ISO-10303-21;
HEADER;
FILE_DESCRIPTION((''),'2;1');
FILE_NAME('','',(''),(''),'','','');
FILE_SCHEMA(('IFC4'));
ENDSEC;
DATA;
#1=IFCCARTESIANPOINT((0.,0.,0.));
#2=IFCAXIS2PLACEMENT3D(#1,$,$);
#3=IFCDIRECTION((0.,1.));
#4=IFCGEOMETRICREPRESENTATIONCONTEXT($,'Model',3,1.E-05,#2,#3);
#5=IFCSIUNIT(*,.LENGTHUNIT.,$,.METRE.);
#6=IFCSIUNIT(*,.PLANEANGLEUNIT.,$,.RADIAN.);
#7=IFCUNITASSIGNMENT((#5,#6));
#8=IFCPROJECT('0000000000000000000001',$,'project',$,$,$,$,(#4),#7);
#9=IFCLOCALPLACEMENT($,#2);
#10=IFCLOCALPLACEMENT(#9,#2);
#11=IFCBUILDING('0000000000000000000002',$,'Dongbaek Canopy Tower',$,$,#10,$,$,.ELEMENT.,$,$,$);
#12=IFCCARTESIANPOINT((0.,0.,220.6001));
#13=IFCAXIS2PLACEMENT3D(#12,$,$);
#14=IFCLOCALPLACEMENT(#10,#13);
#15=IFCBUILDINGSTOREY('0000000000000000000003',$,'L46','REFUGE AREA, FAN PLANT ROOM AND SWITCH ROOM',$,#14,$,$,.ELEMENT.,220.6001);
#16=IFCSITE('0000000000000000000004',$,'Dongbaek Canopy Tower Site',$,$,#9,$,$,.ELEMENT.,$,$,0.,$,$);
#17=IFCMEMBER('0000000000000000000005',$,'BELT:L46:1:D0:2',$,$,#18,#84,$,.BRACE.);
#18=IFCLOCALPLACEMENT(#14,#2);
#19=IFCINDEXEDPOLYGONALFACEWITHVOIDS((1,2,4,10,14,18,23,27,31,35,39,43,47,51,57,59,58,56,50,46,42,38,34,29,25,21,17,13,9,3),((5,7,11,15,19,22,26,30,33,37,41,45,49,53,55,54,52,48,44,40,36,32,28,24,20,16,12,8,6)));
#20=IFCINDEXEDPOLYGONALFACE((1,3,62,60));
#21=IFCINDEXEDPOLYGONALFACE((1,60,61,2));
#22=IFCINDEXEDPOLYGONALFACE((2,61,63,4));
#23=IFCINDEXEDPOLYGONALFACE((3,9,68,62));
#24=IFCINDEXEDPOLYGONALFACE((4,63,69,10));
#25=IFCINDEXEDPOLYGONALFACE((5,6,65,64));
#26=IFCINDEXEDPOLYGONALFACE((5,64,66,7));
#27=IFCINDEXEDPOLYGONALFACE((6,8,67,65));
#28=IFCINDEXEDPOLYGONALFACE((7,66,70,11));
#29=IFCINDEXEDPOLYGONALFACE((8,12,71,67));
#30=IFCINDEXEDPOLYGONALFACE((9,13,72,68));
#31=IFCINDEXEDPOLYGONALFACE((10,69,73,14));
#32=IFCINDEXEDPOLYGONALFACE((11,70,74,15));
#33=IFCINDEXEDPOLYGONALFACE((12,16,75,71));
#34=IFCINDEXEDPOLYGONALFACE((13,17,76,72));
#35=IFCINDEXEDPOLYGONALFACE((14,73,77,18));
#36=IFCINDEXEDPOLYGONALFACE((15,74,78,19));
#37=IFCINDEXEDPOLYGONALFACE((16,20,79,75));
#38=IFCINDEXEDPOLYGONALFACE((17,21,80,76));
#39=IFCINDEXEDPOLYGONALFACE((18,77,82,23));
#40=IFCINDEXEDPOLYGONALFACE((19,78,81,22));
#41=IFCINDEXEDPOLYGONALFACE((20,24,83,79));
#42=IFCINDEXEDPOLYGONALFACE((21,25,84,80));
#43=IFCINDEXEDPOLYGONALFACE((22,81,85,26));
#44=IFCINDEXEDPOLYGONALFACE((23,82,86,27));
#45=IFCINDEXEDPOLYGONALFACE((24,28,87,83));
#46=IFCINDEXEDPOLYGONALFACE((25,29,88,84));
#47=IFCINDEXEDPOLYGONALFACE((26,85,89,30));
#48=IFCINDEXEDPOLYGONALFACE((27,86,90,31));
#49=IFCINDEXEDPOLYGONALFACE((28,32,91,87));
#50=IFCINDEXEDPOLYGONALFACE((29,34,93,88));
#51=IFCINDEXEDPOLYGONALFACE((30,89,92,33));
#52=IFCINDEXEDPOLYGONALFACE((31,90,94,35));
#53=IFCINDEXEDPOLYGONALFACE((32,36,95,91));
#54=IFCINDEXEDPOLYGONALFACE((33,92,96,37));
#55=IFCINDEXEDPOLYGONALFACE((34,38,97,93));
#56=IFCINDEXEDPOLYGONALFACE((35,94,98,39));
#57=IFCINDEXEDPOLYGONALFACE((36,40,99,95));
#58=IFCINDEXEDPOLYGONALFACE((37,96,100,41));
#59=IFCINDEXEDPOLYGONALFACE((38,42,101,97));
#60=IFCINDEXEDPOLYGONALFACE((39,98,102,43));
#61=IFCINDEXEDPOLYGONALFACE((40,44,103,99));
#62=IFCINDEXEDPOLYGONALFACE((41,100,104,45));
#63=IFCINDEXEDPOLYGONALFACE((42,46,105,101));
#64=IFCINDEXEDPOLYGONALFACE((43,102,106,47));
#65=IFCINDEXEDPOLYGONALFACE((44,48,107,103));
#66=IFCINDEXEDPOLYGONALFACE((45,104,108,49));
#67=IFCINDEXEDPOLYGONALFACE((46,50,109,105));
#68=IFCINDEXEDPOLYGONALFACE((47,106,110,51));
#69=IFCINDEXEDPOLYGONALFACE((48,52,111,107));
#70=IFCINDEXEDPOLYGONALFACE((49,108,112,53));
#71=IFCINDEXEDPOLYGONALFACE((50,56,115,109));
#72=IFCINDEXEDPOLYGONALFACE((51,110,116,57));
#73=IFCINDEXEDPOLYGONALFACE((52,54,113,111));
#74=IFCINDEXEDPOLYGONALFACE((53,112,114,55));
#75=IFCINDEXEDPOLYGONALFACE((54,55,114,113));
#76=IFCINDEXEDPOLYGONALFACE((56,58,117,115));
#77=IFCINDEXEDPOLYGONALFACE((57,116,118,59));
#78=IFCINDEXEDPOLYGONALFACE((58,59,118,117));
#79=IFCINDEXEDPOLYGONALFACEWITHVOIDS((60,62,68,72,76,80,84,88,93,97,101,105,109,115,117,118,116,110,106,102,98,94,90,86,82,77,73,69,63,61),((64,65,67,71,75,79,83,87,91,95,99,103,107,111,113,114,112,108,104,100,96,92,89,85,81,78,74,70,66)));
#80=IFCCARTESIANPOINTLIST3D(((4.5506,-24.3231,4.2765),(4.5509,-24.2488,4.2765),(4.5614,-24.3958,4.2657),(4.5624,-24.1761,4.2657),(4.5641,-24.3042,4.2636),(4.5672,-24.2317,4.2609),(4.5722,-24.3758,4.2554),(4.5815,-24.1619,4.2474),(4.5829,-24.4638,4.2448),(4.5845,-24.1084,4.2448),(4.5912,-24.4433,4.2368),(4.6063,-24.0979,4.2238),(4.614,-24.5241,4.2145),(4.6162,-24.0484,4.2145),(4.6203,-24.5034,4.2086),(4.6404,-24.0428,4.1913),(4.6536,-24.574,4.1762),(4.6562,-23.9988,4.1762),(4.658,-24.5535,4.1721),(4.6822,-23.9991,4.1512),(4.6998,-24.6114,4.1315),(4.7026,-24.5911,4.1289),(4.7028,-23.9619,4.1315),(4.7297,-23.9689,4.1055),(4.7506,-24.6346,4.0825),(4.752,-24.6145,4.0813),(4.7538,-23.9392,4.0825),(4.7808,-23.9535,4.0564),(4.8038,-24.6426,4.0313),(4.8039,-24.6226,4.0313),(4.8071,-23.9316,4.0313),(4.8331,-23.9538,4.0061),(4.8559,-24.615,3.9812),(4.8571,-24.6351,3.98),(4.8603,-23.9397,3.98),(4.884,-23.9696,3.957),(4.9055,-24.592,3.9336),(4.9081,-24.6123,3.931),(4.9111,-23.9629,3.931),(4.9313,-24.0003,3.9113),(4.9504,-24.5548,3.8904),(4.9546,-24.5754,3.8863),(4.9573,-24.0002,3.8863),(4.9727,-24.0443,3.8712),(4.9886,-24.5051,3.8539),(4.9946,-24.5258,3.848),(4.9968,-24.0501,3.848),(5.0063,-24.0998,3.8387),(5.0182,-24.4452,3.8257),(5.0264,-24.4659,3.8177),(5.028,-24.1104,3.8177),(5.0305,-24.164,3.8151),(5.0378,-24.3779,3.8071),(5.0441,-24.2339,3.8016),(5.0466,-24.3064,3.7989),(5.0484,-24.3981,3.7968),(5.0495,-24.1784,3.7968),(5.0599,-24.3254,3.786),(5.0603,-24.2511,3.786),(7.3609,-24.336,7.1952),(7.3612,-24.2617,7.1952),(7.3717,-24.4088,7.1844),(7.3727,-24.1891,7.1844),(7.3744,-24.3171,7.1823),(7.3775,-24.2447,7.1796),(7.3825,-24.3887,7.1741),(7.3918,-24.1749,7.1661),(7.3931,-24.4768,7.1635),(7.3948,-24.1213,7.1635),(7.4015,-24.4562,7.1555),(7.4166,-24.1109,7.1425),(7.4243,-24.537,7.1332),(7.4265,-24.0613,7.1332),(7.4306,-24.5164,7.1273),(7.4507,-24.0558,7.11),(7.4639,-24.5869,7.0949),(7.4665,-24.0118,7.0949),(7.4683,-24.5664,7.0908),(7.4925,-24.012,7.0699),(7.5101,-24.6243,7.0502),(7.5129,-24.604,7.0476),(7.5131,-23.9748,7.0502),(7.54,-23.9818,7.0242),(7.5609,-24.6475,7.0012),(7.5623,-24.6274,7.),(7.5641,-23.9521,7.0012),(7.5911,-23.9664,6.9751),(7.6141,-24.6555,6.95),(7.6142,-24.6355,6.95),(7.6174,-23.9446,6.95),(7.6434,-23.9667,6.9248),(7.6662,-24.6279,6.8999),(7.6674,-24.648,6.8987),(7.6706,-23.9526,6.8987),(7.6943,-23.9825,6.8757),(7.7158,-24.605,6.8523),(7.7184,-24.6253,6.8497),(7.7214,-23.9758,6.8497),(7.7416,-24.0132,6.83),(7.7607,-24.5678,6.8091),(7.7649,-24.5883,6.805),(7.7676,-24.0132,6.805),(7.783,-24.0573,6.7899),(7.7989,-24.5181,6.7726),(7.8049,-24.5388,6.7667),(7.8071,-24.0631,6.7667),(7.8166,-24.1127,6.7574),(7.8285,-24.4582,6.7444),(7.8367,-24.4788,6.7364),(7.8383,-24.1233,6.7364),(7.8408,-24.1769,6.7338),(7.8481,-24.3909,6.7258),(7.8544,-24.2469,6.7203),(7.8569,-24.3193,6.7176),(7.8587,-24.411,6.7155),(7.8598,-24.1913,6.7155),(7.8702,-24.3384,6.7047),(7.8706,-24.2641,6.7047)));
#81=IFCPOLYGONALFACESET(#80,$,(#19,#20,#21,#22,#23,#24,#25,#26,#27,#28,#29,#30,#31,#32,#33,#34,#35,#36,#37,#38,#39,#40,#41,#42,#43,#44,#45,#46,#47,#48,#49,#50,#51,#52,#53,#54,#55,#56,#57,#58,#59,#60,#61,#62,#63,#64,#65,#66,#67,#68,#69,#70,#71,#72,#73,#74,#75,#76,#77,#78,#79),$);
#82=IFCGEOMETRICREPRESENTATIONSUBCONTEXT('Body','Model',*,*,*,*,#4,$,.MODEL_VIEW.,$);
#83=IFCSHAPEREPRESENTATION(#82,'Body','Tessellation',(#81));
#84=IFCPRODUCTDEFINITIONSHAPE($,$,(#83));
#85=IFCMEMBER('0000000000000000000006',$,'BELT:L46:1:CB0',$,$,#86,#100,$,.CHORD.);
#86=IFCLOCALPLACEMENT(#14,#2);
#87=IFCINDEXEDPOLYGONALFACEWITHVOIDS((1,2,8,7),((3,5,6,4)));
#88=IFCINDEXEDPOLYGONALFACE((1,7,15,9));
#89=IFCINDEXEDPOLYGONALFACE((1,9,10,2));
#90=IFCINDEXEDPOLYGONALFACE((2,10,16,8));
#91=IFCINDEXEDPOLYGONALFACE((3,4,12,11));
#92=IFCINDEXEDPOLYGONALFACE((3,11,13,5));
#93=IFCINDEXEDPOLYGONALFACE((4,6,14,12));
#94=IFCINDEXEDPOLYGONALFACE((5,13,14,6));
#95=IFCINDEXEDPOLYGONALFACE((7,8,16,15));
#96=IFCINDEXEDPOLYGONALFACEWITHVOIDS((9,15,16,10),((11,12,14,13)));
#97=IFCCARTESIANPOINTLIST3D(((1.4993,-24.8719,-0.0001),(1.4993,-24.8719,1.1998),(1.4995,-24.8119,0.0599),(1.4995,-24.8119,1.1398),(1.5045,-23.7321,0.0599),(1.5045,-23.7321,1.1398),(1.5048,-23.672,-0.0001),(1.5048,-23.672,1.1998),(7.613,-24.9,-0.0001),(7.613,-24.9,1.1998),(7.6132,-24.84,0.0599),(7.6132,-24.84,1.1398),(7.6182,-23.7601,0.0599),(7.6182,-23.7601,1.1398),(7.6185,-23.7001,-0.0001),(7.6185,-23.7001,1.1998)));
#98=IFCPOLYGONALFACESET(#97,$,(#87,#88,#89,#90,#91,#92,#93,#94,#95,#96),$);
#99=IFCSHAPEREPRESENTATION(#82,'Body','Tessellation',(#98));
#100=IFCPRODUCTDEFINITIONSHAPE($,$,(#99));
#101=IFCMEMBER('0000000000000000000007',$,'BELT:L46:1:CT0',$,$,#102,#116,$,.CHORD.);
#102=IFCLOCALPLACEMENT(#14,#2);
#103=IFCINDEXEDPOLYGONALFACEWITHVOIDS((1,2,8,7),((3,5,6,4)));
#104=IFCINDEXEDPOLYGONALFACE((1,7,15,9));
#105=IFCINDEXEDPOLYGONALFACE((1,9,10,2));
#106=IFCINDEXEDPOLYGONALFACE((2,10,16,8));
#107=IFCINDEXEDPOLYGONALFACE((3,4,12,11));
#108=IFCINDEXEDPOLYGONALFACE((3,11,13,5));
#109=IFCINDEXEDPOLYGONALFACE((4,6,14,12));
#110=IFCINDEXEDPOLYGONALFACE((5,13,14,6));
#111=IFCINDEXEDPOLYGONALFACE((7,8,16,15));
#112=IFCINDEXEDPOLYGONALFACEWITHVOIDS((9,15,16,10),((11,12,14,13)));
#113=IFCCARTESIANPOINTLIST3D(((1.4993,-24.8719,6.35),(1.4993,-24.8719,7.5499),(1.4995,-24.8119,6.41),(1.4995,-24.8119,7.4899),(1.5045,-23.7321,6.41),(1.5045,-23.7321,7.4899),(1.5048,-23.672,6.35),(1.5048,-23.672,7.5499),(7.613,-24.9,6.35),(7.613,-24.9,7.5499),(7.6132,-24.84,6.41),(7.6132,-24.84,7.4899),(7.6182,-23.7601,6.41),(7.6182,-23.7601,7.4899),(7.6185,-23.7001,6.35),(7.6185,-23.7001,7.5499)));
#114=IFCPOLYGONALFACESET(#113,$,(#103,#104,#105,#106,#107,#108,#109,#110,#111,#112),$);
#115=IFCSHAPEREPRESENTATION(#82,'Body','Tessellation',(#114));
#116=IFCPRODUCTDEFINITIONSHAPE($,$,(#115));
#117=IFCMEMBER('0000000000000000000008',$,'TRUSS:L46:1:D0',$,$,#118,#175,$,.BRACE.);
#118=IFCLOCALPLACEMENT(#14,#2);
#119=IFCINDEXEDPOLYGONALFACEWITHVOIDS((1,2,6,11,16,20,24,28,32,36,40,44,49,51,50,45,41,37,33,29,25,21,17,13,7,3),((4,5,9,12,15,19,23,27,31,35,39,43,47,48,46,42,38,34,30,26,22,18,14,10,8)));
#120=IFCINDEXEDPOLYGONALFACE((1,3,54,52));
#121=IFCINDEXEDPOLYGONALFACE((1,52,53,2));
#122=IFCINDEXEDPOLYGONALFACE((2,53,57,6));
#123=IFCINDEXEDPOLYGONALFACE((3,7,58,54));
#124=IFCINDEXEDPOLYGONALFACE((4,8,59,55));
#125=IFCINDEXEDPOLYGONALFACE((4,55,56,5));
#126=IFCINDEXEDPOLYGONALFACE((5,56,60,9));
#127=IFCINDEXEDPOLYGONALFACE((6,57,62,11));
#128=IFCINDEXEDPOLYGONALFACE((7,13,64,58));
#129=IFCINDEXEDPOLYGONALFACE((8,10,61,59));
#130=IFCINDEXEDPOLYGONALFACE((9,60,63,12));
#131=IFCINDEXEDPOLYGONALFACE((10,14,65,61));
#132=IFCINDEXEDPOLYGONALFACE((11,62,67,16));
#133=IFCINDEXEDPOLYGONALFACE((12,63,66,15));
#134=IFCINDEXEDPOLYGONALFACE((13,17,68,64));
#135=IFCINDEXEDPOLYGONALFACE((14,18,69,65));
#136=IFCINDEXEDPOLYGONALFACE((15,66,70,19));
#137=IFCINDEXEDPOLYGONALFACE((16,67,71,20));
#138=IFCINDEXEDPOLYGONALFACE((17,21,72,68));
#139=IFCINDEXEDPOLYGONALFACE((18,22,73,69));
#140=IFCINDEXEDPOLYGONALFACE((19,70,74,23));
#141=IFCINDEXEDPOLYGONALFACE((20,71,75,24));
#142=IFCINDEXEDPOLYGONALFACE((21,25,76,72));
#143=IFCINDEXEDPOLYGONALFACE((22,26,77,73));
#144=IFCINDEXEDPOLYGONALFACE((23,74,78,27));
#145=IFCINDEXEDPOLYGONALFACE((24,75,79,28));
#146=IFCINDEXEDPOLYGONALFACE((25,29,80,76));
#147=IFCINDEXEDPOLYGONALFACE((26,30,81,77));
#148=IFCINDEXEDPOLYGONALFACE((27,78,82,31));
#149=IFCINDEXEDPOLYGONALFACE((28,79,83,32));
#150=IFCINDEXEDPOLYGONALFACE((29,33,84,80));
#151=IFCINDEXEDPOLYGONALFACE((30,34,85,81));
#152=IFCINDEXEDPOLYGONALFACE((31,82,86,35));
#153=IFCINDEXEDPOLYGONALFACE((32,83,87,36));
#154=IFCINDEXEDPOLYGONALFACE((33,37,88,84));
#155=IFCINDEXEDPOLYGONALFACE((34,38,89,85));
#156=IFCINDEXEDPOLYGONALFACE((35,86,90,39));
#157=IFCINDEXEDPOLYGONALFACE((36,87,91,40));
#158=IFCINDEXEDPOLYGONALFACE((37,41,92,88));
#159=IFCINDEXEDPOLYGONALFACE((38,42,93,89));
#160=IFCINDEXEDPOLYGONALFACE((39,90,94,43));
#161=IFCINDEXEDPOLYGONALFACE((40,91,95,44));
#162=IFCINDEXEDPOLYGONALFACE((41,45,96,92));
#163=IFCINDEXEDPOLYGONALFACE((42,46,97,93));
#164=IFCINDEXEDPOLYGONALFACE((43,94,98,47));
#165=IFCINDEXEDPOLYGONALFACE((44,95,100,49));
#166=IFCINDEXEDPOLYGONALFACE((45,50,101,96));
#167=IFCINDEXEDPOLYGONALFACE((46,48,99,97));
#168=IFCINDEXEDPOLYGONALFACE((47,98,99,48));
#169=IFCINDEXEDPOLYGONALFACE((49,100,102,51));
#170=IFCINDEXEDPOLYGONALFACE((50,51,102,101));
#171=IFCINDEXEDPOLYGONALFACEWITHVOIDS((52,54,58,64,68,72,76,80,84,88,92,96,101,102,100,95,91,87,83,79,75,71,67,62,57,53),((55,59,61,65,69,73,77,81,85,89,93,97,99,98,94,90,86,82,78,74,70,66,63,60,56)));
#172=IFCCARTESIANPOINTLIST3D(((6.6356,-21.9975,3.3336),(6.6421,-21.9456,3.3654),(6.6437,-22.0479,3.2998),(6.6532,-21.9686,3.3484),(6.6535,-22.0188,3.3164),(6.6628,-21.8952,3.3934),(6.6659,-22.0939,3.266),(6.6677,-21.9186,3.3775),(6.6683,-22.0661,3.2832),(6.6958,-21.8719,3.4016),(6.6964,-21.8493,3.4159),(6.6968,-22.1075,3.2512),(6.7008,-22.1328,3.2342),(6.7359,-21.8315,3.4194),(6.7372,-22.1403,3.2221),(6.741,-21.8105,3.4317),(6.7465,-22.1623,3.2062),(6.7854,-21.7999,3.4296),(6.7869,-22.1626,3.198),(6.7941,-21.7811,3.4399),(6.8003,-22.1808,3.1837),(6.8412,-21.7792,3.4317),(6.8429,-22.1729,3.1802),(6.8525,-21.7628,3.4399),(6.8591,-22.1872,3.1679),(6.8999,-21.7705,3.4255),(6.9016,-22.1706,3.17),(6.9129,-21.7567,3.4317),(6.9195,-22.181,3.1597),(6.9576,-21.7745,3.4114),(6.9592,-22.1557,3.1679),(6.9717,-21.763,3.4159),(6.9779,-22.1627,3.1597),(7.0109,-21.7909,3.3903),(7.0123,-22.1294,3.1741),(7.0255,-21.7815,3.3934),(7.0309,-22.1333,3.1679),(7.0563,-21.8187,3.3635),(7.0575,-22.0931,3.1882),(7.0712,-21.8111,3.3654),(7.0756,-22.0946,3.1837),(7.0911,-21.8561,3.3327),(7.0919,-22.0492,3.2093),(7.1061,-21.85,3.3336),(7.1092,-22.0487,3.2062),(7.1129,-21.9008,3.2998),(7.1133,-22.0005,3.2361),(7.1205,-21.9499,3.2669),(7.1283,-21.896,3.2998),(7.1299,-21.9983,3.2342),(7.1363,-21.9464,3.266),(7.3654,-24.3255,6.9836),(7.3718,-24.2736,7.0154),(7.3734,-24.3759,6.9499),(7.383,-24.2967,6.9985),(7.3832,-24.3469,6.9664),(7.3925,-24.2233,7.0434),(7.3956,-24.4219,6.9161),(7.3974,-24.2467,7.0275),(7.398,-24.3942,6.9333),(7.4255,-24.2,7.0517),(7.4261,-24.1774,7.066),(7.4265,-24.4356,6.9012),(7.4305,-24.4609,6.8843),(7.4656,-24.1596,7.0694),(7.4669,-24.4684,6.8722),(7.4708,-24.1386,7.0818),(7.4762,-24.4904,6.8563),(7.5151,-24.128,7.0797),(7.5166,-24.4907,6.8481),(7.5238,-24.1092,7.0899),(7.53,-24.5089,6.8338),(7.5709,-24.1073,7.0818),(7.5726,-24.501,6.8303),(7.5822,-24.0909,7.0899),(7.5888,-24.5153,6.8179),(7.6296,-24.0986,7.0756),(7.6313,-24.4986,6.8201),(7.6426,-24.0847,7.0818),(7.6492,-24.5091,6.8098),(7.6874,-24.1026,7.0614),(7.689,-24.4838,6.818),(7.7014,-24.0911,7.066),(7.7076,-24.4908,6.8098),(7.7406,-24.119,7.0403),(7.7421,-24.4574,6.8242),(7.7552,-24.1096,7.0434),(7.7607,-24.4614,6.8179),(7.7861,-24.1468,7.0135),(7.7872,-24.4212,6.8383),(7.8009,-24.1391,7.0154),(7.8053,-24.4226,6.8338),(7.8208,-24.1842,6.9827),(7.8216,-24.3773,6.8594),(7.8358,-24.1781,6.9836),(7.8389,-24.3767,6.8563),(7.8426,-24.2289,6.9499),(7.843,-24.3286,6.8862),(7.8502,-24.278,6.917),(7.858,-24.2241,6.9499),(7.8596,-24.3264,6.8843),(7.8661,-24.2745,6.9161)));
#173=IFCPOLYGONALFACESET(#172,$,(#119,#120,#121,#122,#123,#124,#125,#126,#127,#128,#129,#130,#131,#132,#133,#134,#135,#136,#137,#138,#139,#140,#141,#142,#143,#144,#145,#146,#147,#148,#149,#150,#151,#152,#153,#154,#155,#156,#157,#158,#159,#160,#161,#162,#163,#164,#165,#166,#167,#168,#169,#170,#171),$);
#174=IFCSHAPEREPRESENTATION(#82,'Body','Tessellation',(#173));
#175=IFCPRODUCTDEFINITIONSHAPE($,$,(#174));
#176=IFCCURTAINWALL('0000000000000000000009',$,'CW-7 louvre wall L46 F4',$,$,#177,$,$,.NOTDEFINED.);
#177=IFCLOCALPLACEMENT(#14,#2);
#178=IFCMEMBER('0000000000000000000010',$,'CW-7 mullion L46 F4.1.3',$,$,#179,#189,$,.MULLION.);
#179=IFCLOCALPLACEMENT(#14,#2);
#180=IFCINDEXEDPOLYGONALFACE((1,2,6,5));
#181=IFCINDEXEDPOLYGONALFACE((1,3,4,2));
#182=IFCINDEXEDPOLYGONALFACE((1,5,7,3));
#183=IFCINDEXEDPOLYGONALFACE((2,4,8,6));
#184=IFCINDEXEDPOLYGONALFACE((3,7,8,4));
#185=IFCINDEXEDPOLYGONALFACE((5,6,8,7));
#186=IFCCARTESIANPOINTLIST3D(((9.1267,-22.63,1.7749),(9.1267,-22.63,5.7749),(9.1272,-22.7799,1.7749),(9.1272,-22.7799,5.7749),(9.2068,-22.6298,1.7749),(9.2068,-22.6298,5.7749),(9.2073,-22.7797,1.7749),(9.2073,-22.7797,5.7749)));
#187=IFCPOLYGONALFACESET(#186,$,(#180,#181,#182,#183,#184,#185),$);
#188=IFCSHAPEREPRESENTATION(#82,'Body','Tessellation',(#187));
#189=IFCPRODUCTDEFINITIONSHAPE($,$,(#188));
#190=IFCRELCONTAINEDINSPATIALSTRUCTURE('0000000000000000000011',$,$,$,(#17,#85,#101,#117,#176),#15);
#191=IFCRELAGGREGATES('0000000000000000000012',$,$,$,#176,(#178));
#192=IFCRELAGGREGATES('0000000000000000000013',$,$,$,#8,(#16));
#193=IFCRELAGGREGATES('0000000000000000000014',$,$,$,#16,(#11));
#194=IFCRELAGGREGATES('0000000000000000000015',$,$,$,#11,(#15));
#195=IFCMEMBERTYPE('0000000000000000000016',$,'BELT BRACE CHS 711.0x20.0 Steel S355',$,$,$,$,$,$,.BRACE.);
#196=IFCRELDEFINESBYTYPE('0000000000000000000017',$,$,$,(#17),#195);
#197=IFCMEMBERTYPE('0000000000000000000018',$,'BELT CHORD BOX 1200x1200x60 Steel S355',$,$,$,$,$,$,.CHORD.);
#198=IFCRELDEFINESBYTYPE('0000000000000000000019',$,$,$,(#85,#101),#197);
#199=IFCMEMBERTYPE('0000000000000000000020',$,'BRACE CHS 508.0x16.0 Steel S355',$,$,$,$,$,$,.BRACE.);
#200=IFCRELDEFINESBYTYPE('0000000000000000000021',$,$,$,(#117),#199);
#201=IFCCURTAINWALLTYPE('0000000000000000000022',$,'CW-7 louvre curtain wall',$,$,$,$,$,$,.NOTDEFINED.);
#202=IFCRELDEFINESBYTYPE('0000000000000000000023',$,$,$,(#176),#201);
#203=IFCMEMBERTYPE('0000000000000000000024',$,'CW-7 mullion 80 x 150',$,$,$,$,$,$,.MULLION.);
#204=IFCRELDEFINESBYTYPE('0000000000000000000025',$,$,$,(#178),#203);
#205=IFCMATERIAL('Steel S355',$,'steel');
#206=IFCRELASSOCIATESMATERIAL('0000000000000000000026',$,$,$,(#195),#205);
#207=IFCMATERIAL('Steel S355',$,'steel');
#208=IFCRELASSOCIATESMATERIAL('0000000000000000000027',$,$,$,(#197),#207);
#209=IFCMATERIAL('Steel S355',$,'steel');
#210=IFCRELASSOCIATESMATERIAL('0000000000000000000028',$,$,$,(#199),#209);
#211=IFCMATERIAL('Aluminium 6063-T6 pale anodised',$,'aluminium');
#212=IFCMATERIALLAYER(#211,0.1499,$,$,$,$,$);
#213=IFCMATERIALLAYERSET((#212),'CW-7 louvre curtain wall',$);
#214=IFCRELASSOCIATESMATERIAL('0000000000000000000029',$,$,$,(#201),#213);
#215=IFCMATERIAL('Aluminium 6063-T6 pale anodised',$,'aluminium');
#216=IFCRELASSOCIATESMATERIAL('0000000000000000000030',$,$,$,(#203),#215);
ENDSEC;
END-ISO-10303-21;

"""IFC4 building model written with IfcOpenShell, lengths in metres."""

from ifc_helpers import new_model, si_unit, direction, frame, origin, origin_2d, place, context, subcontext, project, spatial, rectangle, hollow_rectangle, hollow_circle, extrude, material, layer, layer_set, material_profile, profile_set, type_object, element, aggregate, save


model = new_model("IFC4")

# Units and contexts
model_context = context("Model", 3, precision=1e-05, world=origin(), true_north=direction((0.0, 1.0)))
body_context = subcontext(model_context, "Body", "Model", "MODEL_VIEW")
ifc_project = project(units=[si_unit("LENGTHUNIT", "METRE"), si_unit("PLANEANGLEUNIT", "RADIAN")], contexts=[model_context])

# Site, building, storey
site_placement = place(None, origin())
site = spatial("IfcSite", under=ifc_project, at=site_placement, Name="Dongbaek Canopy Tower Site", CompositionType="ELEMENT", RefElevation=0.0)
building_placement = place(site_placement, origin())
building = spatial("IfcBuilding", under=site, at=building_placement, Name="Dongbaek Canopy Tower", CompositionType="ELEMENT")
storey_placement = place(building_placement, frame((0.0, 0.0, 220.6001)))
storey = spatial("IfcBuildingStorey", under=building, at=storey_placement, Name="L46", Description="REFUGE AREA, FAN PLANT ROOM AND SWITCH ROOM", CompositionType="ELEMENT", Elevation=220.6001)

# Members
ifc_material_1 = material(Name="Steel S355", Category="steel")
ifc_material_profile_1 = material_profile(ifc_material_1, hollow_circle(Radius=0.3555, WallThickness=0.02, at=origin_2d()), Name="BELT BRACE CHS 711.0x20.0 Steel S355")
ifc_profile_set_1 = profile_set([ifc_material_profile_1], Name="Steel S355")
member_type_1 = type_object("IfcMemberType", Name="BELT BRACE CHS 711.0x20.0 Steel S355", PredefinedType="BRACE", material=ifc_profile_set_1)
member_1_placement = place(storey_placement, frame((7.6157, -24.3, 6.95), z_axis=(-0.6936, 0.003194, -0.720353), x_axis=(-0.004604, -0.999989, 0.0)))
element("IfcMember", 1, at=member_1_placement, inside=storey, type_object=member_type_1, Name="BELT:L46:1:D0:2", PredefinedType="BRACE", context=body_context, shape_type="SweptSolid", body=[
    extrude(hollow_circle(Radius=0.3555, WallThickness=0.02, at=origin_2d()), origin(), (0.0, 0.0, 1.0), 4.0518),
])
ifc_material_2 = material(Name="Steel S355", Category="steel")
ifc_material_profile_2 = material_profile(ifc_material_2, hollow_rectangle(XDim=1.2, YDim=1.2, WallThickness=0.0601, at=origin_2d()), Name="BELT CHORD BOX 1200x1200x60 Steel S355")
ifc_profile_set_2 = profile_set([ifc_material_profile_2], Name="Steel S355")
member_type_2 = type_object("IfcMemberType", Name="BELT CHORD BOX 1200x1200x60 Steel S355", PredefinedType="CHORD", material=ifc_profile_set_2)
for number, where, z_axis, x_axis, name in (
    (2, (7.6157, -24.3, 0.5999), (-0.999989, 0.004592, 0.0), (-0.004592, -0.999989, 0.0), "BELT:L46:1:CB0"),
    (3, (7.6157, -24.3, 6.95), (-0.999989, 0.004592, 0.0), (-0.004592, -0.999989, 0.0), "BELT:L46:1:CT0"),
):
    element("IfcMember", number, at=place(storey_placement, frame(where, z_axis=z_axis, x_axis=x_axis)), inside=storey, type_object=member_type_2, Name=name, PredefinedType="CHORD", context=body_context, shape_type="SweptSolid", body=[
        extrude(hollow_rectangle(XDim=1.2, YDim=1.2, WallThickness=0.0601, at=origin_2d()), origin(), (0.0, 0.0, 1.0), 6.1138),
    ])
ifc_material_3 = material(Name="Steel S355", Category="steel")
ifc_material_profile_3 = material_profile(ifc_material_3, hollow_circle(Radius=0.2539, WallThickness=0.0161, at=origin_2d()), Name="BRACE CHS 508.0x16.0 Steel S355")
ifc_profile_set_3 = profile_set([ifc_material_profile_3], Name="Steel S355")
member_type_3 = type_object("IfcMemberType", Name="BRACE CHS 508.0x16.0 Steel S355", PredefinedType="BRACE", material=ifc_profile_set_3)
member_2_placement = place(storey_placement, frame((6.886, -21.9719, 3.2998), z_axis=(0.166209, -0.530268, 0.831379), x_axis=(0.954223, 0.299095, 0.0)))
element("IfcMember", 4, at=member_2_placement, inside=storey, type_object=member_type_3, Name="TRUSS:L46:1:D0", PredefinedType="BRACE", context=body_context, shape_type="SweptSolid", body=[
    extrude(hollow_circle(Radius=0.2539, WallThickness=0.0161, at=origin_2d()), origin(), (0.0, 0.0, 1.0), 4.3904),
])

# Curtain wall, member
ifc_material_4 = material(Name="Aluminium 6063-T6 pale anodised", Category="aluminium")
ifc_layer_1 = layer(ifc_material_4, 0.1499)
ifc_layer_set_1 = layer_set([ifc_layer_1], Name="CW-7 louvre curtain wall")
curtain_wall_type = type_object("IfcCurtainWallType", Name="CW-7 louvre curtain wall", PredefinedType="NOTDEFINED", material=ifc_layer_set_1)
curtain_wall_1_placement = place(storey_placement, origin())
curtain_wall_1 = element("IfcCurtainWall", 5, at=curtain_wall_1_placement, inside=storey, type_object=curtain_wall_type, Name="CW-7 louvre wall L46 F4", PredefinedType="NOTDEFINED")
ifc_material_5 = material(Name="Aluminium 6063-T6 pale anodised", Category="aluminium")
ifc_material_profile_4 = material_profile(ifc_material_5, rectangle(XDim=0.1499, YDim=0.0801, at=origin_2d()), Name="CW-7 mullion 80 x 150")
ifc_profile_set_4 = profile_set([ifc_material_profile_4], Name="Aluminium 6063-T6 pale anodised")
member_type_4 = type_object("IfcMemberType", Name="CW-7 mullion 80 x 150", PredefinedType="MULLION", material=ifc_profile_set_4)
member_3_placement = place(storey_placement, frame((9.167, -22.7048, 1.7749), z_axis=(0.0, 0.0, 1.0), x_axis=(0.003106, -0.999995, 0.0)))
member_3 = element("IfcMember", 6, at=member_3_placement, type_object=member_type_4, Name="CW-7 mullion L46 F4.1.3", PredefinedType="MULLION", context=body_context, shape_type="SweptSolid", body=[
    extrude(rectangle(XDim=0.1499, YDim=0.0801, at=origin_2d()), origin(), (0.0, 0.0, 1.0), 4.0),
])
aggregate(curtain_wall_1, [member_3])

save(model, "model.ifc")
